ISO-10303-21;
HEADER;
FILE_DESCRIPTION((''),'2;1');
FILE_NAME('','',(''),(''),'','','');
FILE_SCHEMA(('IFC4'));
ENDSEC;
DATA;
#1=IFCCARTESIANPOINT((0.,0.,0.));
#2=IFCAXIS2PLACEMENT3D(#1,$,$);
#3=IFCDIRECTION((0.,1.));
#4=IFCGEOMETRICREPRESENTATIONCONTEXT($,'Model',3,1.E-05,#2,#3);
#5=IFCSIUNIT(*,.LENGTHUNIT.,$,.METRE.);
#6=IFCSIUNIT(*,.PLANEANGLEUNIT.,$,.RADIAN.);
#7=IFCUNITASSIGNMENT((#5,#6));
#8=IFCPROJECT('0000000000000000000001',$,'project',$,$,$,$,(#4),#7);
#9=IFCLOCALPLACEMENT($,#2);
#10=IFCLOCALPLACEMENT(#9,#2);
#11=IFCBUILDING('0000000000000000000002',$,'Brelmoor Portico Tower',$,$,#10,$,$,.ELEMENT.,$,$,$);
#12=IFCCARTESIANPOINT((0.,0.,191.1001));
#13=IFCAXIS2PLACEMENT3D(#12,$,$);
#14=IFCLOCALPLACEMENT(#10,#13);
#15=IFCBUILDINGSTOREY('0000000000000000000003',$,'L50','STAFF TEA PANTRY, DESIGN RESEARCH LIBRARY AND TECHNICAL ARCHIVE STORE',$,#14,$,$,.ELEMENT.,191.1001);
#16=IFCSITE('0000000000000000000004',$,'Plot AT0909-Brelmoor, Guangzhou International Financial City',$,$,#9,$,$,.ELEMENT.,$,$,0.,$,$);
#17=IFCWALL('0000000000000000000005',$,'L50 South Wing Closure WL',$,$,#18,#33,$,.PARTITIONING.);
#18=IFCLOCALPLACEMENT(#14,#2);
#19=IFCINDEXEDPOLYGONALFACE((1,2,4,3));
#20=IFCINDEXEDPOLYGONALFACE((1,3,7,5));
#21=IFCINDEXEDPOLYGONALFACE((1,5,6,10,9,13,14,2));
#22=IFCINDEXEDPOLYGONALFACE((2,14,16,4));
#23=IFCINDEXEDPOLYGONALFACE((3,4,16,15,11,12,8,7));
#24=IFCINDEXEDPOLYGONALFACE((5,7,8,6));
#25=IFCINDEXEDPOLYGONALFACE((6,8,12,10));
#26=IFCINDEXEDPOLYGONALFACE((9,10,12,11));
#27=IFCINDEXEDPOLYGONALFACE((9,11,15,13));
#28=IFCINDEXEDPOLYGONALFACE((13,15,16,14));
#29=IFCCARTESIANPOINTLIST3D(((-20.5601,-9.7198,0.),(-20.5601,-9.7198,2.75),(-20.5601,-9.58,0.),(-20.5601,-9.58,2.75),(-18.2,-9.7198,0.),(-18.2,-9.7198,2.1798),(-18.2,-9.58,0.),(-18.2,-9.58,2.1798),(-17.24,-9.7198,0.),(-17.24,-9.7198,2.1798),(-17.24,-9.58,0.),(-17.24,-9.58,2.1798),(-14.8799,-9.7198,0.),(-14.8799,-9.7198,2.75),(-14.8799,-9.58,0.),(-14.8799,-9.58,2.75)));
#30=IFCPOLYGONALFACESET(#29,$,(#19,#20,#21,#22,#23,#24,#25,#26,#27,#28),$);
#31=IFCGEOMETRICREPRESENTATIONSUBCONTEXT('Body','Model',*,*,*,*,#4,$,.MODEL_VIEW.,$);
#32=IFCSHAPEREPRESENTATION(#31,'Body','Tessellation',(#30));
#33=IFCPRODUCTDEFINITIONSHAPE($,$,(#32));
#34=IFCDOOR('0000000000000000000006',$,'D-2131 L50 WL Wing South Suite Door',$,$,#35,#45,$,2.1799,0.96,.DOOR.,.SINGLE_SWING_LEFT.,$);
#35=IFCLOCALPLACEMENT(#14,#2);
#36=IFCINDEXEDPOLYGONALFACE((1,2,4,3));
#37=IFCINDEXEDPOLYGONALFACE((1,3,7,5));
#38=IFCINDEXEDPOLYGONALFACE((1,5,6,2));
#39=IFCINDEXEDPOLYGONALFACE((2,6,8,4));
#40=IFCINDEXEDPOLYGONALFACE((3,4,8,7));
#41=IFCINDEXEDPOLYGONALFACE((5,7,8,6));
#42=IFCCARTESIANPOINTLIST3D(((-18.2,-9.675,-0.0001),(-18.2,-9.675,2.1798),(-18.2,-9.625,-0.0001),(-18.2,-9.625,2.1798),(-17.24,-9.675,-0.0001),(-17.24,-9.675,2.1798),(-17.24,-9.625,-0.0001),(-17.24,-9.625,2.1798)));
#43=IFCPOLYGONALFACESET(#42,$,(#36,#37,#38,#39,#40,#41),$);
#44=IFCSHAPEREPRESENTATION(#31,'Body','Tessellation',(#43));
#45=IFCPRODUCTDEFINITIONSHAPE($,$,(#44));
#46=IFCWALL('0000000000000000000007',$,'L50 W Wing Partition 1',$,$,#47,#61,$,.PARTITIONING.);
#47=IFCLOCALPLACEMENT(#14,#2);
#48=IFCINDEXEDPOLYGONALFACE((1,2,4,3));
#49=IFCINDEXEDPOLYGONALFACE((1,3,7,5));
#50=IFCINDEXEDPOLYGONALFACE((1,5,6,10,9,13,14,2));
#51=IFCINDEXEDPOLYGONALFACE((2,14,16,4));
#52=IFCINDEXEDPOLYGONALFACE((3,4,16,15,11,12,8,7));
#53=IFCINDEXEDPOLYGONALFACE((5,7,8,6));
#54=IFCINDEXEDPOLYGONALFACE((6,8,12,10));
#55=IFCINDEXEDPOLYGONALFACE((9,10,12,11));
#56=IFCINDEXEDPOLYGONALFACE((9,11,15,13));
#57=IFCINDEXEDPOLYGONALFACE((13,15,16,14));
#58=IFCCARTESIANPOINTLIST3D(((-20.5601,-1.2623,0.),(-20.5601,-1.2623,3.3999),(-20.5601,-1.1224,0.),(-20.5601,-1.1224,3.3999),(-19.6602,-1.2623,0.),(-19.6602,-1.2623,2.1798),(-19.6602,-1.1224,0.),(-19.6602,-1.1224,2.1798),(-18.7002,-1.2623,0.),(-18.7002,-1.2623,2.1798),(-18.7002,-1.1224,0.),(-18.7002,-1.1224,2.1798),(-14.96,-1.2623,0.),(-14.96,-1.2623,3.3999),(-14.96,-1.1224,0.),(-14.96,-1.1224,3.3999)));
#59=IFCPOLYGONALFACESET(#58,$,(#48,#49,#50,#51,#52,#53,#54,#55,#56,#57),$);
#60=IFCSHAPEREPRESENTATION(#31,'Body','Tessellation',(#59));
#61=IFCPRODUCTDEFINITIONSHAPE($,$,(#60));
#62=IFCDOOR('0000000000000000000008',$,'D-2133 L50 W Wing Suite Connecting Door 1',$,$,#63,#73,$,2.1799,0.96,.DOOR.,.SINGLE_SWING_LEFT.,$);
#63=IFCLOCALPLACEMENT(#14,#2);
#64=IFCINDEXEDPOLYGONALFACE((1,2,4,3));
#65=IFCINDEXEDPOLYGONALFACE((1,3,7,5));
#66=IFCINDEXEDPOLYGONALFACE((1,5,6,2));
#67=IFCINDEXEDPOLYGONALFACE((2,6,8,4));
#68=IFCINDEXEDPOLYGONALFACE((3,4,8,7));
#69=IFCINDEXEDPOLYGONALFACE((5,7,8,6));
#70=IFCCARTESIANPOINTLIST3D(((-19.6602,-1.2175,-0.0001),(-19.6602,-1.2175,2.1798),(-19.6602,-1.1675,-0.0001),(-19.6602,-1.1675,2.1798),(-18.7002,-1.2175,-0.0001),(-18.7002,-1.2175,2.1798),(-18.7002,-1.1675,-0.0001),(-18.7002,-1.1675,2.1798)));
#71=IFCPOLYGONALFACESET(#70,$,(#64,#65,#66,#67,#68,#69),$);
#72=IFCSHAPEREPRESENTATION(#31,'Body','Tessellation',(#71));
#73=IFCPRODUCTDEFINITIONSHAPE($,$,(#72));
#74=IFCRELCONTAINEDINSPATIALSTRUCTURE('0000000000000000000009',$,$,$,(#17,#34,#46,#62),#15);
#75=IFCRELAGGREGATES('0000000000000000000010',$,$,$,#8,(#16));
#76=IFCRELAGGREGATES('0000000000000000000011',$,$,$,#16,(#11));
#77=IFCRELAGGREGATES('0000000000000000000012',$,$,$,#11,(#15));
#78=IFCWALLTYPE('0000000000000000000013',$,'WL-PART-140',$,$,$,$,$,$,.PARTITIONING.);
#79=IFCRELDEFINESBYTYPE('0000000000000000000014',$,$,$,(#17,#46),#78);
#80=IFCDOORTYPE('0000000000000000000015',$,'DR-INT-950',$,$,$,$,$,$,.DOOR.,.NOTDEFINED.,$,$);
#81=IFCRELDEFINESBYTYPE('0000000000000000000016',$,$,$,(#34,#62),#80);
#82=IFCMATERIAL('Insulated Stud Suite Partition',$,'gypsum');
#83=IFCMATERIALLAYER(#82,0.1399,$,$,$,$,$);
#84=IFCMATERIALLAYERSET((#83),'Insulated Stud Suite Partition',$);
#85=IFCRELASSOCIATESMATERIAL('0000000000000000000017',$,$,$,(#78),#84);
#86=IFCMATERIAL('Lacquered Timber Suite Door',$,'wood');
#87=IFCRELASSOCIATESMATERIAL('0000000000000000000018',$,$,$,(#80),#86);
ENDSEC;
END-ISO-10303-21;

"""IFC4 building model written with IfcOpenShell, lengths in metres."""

from ifc_helpers import new_model, si_unit, direction, frame, frame_2d, origin, place, context, subcontext, project, spatial, rectangle, extrude, material, layer, layer_set, type_object, element, fill, save


model = new_model("IFC4")

# Units and contexts
model_context = context("Model", 3, precision=1e-05, world=origin(), true_north=direction((0.0, 1.0)))
body_context = subcontext(model_context, "Body", "Model", "MODEL_VIEW")
ifc_project = project(units=[si_unit("LENGTHUNIT", "METRE"), si_unit("PLANEANGLEUNIT", "RADIAN")], contexts=[model_context])

# Site, building, storey
site_placement = place(None, origin())
site = spatial("IfcSite", under=ifc_project, at=site_placement, Name="Plot AT0909-Brelmoor, Guangzhou International Financial City", CompositionType="ELEMENT", RefElevation=0.0)
building_placement = place(site_placement, origin())
building = spatial("IfcBuilding", under=site, at=building_placement, Name="Brelmoor Portico Tower", CompositionType="ELEMENT")
storey_placement = place(building_placement, frame((0.0, 0.0, 191.1001)))
storey = spatial("IfcBuildingStorey", under=building, at=storey_placement, Name="L50", Description="STAFF TEA PANTRY, DESIGN RESEARCH LIBRARY AND TECHNICAL ARCHIVE STORE", CompositionType="ELEMENT", Elevation=191.1001)

# Walls, openings, doors
ifc_material_1 = material(Name="Insulated Stud Suite Partition", Category="gypsum")
ifc_layer_1 = layer(ifc_material_1, 0.1399)
ifc_layer_set_1 = layer_set([ifc_layer_1], Name="Insulated Stud Suite Partition")
wall_type_1 = type_object("IfcWallType", Name="WL-PART-140", PredefinedType="PARTITIONING", material=ifc_layer_set_1)
wall_1_placement = place(storey_placement, frame((-20.5601, -9.6499, 0.0), z_axis=(0.0, 0.0, 1.0), x_axis=(1.0, 0.0, 0.0)))
wall_1 = element("IfcWall", 1, at=wall_1_placement, inside=storey, type_object=wall_type_1, Name="L50 South Wing Closure WL", PredefinedType="PARTITIONING", context=body_context, shape_type="SweptSolid", body=[
    extrude(rectangle(XDim=5.6802, YDim=0.1399, at=frame_2d((2.8401, 0.0))), origin(), (0.0, 0.0, 1.0), 2.75),
])
opening_1_placement = place(wall_1_placement, frame((2.3601, 0.0, 0.0)))
opening_1 = element("IfcOpeningElement", 2, at=opening_1_placement, cuts=wall_1, PredefinedType="OPENING", context=body_context, shape_type="SweptSolid", body=[
    extrude(rectangle(XDim=0.96, YDim=2.1799, at=frame_2d((0.48, 1.0898))), frame((0.0, 0.0798, 0.0), z_axis=(0.0, -1.0, 0.0), x_axis=(1.0, 0.0, 0.0)), (0.0, 0.0, 1.0), 0.1599),
])
ifc_material_2 = material(Name="Lacquered Timber Suite Door", Category="wood")
door_type = type_object("IfcDoorType", Name="DR-INT-950", OperationType="NOTDEFINED", PredefinedType="DOOR", material=ifc_material_2)
door_1_placement = place(opening_1_placement, origin())
door_1 = element("IfcDoor", 3, at=door_1_placement, inside=storey, type_object=door_type, Name="D-2131 L50 WL Wing South Suite Door", OperationType="SINGLE_SWING_LEFT", OverallHeight=2.1799, OverallWidth=0.96, PredefinedType="DOOR", context=body_context, shape_type="SweptSolid", body=[
    extrude(rectangle(XDim=0.96, YDim=2.1799, at=frame_2d((0.48, 1.0898))), frame((0.0, 0.0249, 0.0), z_axis=(0.0, -1.0, 0.0), x_axis=(1.0, 0.0, 0.0)), (0.0, 0.0, 1.0), 0.05),
])
fill(opening_1, door_1)
wall_2_placement = place(storey_placement, frame((-20.5601, -1.1924, 0.0), z_axis=(0.0, 0.0, 1.0), x_axis=(1.0, 0.0, 0.0)))
wall_2 = element("IfcWall", 4, at=wall_2_placement, inside=storey, type_object=wall_type_1, Name="L50 W Wing Partition 1", PredefinedType="PARTITIONING", context=body_context, shape_type="SweptSolid", body=[
    extrude(rectangle(XDim=5.6001, YDim=0.1399, at=frame_2d((2.8, 0.0))), origin(), (0.0, 0.0, 1.0), 3.3999),
])
opening_2_placement = place(wall_2_placement, frame((0.8999, 0.0, 0.0)))
opening_2 = element("IfcOpeningElement", 5, at=opening_2_placement, cuts=wall_2, PredefinedType="OPENING", context=body_context, shape_type="SweptSolid", body=[
    extrude(rectangle(XDim=0.96, YDim=2.1799, at=frame_2d((0.48, 1.0898))), frame((0.0, 0.0798, 0.0), z_axis=(0.0, -1.0, 0.0), x_axis=(1.0, 0.0, 0.0)), (0.0, 0.0, 1.0), 0.1599),
])
door_2_placement = place(opening_2_placement, origin())
door_2 = element("IfcDoor", 6, at=door_2_placement, inside=storey, type_object=door_type, Name="D-2133 L50 W Wing Suite Connecting Door 1", OperationType="SINGLE_SWING_LEFT", OverallHeight=2.1799, OverallWidth=0.96, PredefinedType="DOOR", context=body_context, shape_type="SweptSolid", body=[
    extrude(rectangle(XDim=0.96, YDim=2.1799, at=frame_2d((0.48, 1.0898))), frame((0.0, 0.0249, 0.0), z_axis=(0.0, -1.0, 0.0), x_axis=(1.0, 0.0, 0.0)), (0.0, 0.0, 1.0), 0.05),
])
fill(opening_2, door_2)

save(model, "model.ifc")
